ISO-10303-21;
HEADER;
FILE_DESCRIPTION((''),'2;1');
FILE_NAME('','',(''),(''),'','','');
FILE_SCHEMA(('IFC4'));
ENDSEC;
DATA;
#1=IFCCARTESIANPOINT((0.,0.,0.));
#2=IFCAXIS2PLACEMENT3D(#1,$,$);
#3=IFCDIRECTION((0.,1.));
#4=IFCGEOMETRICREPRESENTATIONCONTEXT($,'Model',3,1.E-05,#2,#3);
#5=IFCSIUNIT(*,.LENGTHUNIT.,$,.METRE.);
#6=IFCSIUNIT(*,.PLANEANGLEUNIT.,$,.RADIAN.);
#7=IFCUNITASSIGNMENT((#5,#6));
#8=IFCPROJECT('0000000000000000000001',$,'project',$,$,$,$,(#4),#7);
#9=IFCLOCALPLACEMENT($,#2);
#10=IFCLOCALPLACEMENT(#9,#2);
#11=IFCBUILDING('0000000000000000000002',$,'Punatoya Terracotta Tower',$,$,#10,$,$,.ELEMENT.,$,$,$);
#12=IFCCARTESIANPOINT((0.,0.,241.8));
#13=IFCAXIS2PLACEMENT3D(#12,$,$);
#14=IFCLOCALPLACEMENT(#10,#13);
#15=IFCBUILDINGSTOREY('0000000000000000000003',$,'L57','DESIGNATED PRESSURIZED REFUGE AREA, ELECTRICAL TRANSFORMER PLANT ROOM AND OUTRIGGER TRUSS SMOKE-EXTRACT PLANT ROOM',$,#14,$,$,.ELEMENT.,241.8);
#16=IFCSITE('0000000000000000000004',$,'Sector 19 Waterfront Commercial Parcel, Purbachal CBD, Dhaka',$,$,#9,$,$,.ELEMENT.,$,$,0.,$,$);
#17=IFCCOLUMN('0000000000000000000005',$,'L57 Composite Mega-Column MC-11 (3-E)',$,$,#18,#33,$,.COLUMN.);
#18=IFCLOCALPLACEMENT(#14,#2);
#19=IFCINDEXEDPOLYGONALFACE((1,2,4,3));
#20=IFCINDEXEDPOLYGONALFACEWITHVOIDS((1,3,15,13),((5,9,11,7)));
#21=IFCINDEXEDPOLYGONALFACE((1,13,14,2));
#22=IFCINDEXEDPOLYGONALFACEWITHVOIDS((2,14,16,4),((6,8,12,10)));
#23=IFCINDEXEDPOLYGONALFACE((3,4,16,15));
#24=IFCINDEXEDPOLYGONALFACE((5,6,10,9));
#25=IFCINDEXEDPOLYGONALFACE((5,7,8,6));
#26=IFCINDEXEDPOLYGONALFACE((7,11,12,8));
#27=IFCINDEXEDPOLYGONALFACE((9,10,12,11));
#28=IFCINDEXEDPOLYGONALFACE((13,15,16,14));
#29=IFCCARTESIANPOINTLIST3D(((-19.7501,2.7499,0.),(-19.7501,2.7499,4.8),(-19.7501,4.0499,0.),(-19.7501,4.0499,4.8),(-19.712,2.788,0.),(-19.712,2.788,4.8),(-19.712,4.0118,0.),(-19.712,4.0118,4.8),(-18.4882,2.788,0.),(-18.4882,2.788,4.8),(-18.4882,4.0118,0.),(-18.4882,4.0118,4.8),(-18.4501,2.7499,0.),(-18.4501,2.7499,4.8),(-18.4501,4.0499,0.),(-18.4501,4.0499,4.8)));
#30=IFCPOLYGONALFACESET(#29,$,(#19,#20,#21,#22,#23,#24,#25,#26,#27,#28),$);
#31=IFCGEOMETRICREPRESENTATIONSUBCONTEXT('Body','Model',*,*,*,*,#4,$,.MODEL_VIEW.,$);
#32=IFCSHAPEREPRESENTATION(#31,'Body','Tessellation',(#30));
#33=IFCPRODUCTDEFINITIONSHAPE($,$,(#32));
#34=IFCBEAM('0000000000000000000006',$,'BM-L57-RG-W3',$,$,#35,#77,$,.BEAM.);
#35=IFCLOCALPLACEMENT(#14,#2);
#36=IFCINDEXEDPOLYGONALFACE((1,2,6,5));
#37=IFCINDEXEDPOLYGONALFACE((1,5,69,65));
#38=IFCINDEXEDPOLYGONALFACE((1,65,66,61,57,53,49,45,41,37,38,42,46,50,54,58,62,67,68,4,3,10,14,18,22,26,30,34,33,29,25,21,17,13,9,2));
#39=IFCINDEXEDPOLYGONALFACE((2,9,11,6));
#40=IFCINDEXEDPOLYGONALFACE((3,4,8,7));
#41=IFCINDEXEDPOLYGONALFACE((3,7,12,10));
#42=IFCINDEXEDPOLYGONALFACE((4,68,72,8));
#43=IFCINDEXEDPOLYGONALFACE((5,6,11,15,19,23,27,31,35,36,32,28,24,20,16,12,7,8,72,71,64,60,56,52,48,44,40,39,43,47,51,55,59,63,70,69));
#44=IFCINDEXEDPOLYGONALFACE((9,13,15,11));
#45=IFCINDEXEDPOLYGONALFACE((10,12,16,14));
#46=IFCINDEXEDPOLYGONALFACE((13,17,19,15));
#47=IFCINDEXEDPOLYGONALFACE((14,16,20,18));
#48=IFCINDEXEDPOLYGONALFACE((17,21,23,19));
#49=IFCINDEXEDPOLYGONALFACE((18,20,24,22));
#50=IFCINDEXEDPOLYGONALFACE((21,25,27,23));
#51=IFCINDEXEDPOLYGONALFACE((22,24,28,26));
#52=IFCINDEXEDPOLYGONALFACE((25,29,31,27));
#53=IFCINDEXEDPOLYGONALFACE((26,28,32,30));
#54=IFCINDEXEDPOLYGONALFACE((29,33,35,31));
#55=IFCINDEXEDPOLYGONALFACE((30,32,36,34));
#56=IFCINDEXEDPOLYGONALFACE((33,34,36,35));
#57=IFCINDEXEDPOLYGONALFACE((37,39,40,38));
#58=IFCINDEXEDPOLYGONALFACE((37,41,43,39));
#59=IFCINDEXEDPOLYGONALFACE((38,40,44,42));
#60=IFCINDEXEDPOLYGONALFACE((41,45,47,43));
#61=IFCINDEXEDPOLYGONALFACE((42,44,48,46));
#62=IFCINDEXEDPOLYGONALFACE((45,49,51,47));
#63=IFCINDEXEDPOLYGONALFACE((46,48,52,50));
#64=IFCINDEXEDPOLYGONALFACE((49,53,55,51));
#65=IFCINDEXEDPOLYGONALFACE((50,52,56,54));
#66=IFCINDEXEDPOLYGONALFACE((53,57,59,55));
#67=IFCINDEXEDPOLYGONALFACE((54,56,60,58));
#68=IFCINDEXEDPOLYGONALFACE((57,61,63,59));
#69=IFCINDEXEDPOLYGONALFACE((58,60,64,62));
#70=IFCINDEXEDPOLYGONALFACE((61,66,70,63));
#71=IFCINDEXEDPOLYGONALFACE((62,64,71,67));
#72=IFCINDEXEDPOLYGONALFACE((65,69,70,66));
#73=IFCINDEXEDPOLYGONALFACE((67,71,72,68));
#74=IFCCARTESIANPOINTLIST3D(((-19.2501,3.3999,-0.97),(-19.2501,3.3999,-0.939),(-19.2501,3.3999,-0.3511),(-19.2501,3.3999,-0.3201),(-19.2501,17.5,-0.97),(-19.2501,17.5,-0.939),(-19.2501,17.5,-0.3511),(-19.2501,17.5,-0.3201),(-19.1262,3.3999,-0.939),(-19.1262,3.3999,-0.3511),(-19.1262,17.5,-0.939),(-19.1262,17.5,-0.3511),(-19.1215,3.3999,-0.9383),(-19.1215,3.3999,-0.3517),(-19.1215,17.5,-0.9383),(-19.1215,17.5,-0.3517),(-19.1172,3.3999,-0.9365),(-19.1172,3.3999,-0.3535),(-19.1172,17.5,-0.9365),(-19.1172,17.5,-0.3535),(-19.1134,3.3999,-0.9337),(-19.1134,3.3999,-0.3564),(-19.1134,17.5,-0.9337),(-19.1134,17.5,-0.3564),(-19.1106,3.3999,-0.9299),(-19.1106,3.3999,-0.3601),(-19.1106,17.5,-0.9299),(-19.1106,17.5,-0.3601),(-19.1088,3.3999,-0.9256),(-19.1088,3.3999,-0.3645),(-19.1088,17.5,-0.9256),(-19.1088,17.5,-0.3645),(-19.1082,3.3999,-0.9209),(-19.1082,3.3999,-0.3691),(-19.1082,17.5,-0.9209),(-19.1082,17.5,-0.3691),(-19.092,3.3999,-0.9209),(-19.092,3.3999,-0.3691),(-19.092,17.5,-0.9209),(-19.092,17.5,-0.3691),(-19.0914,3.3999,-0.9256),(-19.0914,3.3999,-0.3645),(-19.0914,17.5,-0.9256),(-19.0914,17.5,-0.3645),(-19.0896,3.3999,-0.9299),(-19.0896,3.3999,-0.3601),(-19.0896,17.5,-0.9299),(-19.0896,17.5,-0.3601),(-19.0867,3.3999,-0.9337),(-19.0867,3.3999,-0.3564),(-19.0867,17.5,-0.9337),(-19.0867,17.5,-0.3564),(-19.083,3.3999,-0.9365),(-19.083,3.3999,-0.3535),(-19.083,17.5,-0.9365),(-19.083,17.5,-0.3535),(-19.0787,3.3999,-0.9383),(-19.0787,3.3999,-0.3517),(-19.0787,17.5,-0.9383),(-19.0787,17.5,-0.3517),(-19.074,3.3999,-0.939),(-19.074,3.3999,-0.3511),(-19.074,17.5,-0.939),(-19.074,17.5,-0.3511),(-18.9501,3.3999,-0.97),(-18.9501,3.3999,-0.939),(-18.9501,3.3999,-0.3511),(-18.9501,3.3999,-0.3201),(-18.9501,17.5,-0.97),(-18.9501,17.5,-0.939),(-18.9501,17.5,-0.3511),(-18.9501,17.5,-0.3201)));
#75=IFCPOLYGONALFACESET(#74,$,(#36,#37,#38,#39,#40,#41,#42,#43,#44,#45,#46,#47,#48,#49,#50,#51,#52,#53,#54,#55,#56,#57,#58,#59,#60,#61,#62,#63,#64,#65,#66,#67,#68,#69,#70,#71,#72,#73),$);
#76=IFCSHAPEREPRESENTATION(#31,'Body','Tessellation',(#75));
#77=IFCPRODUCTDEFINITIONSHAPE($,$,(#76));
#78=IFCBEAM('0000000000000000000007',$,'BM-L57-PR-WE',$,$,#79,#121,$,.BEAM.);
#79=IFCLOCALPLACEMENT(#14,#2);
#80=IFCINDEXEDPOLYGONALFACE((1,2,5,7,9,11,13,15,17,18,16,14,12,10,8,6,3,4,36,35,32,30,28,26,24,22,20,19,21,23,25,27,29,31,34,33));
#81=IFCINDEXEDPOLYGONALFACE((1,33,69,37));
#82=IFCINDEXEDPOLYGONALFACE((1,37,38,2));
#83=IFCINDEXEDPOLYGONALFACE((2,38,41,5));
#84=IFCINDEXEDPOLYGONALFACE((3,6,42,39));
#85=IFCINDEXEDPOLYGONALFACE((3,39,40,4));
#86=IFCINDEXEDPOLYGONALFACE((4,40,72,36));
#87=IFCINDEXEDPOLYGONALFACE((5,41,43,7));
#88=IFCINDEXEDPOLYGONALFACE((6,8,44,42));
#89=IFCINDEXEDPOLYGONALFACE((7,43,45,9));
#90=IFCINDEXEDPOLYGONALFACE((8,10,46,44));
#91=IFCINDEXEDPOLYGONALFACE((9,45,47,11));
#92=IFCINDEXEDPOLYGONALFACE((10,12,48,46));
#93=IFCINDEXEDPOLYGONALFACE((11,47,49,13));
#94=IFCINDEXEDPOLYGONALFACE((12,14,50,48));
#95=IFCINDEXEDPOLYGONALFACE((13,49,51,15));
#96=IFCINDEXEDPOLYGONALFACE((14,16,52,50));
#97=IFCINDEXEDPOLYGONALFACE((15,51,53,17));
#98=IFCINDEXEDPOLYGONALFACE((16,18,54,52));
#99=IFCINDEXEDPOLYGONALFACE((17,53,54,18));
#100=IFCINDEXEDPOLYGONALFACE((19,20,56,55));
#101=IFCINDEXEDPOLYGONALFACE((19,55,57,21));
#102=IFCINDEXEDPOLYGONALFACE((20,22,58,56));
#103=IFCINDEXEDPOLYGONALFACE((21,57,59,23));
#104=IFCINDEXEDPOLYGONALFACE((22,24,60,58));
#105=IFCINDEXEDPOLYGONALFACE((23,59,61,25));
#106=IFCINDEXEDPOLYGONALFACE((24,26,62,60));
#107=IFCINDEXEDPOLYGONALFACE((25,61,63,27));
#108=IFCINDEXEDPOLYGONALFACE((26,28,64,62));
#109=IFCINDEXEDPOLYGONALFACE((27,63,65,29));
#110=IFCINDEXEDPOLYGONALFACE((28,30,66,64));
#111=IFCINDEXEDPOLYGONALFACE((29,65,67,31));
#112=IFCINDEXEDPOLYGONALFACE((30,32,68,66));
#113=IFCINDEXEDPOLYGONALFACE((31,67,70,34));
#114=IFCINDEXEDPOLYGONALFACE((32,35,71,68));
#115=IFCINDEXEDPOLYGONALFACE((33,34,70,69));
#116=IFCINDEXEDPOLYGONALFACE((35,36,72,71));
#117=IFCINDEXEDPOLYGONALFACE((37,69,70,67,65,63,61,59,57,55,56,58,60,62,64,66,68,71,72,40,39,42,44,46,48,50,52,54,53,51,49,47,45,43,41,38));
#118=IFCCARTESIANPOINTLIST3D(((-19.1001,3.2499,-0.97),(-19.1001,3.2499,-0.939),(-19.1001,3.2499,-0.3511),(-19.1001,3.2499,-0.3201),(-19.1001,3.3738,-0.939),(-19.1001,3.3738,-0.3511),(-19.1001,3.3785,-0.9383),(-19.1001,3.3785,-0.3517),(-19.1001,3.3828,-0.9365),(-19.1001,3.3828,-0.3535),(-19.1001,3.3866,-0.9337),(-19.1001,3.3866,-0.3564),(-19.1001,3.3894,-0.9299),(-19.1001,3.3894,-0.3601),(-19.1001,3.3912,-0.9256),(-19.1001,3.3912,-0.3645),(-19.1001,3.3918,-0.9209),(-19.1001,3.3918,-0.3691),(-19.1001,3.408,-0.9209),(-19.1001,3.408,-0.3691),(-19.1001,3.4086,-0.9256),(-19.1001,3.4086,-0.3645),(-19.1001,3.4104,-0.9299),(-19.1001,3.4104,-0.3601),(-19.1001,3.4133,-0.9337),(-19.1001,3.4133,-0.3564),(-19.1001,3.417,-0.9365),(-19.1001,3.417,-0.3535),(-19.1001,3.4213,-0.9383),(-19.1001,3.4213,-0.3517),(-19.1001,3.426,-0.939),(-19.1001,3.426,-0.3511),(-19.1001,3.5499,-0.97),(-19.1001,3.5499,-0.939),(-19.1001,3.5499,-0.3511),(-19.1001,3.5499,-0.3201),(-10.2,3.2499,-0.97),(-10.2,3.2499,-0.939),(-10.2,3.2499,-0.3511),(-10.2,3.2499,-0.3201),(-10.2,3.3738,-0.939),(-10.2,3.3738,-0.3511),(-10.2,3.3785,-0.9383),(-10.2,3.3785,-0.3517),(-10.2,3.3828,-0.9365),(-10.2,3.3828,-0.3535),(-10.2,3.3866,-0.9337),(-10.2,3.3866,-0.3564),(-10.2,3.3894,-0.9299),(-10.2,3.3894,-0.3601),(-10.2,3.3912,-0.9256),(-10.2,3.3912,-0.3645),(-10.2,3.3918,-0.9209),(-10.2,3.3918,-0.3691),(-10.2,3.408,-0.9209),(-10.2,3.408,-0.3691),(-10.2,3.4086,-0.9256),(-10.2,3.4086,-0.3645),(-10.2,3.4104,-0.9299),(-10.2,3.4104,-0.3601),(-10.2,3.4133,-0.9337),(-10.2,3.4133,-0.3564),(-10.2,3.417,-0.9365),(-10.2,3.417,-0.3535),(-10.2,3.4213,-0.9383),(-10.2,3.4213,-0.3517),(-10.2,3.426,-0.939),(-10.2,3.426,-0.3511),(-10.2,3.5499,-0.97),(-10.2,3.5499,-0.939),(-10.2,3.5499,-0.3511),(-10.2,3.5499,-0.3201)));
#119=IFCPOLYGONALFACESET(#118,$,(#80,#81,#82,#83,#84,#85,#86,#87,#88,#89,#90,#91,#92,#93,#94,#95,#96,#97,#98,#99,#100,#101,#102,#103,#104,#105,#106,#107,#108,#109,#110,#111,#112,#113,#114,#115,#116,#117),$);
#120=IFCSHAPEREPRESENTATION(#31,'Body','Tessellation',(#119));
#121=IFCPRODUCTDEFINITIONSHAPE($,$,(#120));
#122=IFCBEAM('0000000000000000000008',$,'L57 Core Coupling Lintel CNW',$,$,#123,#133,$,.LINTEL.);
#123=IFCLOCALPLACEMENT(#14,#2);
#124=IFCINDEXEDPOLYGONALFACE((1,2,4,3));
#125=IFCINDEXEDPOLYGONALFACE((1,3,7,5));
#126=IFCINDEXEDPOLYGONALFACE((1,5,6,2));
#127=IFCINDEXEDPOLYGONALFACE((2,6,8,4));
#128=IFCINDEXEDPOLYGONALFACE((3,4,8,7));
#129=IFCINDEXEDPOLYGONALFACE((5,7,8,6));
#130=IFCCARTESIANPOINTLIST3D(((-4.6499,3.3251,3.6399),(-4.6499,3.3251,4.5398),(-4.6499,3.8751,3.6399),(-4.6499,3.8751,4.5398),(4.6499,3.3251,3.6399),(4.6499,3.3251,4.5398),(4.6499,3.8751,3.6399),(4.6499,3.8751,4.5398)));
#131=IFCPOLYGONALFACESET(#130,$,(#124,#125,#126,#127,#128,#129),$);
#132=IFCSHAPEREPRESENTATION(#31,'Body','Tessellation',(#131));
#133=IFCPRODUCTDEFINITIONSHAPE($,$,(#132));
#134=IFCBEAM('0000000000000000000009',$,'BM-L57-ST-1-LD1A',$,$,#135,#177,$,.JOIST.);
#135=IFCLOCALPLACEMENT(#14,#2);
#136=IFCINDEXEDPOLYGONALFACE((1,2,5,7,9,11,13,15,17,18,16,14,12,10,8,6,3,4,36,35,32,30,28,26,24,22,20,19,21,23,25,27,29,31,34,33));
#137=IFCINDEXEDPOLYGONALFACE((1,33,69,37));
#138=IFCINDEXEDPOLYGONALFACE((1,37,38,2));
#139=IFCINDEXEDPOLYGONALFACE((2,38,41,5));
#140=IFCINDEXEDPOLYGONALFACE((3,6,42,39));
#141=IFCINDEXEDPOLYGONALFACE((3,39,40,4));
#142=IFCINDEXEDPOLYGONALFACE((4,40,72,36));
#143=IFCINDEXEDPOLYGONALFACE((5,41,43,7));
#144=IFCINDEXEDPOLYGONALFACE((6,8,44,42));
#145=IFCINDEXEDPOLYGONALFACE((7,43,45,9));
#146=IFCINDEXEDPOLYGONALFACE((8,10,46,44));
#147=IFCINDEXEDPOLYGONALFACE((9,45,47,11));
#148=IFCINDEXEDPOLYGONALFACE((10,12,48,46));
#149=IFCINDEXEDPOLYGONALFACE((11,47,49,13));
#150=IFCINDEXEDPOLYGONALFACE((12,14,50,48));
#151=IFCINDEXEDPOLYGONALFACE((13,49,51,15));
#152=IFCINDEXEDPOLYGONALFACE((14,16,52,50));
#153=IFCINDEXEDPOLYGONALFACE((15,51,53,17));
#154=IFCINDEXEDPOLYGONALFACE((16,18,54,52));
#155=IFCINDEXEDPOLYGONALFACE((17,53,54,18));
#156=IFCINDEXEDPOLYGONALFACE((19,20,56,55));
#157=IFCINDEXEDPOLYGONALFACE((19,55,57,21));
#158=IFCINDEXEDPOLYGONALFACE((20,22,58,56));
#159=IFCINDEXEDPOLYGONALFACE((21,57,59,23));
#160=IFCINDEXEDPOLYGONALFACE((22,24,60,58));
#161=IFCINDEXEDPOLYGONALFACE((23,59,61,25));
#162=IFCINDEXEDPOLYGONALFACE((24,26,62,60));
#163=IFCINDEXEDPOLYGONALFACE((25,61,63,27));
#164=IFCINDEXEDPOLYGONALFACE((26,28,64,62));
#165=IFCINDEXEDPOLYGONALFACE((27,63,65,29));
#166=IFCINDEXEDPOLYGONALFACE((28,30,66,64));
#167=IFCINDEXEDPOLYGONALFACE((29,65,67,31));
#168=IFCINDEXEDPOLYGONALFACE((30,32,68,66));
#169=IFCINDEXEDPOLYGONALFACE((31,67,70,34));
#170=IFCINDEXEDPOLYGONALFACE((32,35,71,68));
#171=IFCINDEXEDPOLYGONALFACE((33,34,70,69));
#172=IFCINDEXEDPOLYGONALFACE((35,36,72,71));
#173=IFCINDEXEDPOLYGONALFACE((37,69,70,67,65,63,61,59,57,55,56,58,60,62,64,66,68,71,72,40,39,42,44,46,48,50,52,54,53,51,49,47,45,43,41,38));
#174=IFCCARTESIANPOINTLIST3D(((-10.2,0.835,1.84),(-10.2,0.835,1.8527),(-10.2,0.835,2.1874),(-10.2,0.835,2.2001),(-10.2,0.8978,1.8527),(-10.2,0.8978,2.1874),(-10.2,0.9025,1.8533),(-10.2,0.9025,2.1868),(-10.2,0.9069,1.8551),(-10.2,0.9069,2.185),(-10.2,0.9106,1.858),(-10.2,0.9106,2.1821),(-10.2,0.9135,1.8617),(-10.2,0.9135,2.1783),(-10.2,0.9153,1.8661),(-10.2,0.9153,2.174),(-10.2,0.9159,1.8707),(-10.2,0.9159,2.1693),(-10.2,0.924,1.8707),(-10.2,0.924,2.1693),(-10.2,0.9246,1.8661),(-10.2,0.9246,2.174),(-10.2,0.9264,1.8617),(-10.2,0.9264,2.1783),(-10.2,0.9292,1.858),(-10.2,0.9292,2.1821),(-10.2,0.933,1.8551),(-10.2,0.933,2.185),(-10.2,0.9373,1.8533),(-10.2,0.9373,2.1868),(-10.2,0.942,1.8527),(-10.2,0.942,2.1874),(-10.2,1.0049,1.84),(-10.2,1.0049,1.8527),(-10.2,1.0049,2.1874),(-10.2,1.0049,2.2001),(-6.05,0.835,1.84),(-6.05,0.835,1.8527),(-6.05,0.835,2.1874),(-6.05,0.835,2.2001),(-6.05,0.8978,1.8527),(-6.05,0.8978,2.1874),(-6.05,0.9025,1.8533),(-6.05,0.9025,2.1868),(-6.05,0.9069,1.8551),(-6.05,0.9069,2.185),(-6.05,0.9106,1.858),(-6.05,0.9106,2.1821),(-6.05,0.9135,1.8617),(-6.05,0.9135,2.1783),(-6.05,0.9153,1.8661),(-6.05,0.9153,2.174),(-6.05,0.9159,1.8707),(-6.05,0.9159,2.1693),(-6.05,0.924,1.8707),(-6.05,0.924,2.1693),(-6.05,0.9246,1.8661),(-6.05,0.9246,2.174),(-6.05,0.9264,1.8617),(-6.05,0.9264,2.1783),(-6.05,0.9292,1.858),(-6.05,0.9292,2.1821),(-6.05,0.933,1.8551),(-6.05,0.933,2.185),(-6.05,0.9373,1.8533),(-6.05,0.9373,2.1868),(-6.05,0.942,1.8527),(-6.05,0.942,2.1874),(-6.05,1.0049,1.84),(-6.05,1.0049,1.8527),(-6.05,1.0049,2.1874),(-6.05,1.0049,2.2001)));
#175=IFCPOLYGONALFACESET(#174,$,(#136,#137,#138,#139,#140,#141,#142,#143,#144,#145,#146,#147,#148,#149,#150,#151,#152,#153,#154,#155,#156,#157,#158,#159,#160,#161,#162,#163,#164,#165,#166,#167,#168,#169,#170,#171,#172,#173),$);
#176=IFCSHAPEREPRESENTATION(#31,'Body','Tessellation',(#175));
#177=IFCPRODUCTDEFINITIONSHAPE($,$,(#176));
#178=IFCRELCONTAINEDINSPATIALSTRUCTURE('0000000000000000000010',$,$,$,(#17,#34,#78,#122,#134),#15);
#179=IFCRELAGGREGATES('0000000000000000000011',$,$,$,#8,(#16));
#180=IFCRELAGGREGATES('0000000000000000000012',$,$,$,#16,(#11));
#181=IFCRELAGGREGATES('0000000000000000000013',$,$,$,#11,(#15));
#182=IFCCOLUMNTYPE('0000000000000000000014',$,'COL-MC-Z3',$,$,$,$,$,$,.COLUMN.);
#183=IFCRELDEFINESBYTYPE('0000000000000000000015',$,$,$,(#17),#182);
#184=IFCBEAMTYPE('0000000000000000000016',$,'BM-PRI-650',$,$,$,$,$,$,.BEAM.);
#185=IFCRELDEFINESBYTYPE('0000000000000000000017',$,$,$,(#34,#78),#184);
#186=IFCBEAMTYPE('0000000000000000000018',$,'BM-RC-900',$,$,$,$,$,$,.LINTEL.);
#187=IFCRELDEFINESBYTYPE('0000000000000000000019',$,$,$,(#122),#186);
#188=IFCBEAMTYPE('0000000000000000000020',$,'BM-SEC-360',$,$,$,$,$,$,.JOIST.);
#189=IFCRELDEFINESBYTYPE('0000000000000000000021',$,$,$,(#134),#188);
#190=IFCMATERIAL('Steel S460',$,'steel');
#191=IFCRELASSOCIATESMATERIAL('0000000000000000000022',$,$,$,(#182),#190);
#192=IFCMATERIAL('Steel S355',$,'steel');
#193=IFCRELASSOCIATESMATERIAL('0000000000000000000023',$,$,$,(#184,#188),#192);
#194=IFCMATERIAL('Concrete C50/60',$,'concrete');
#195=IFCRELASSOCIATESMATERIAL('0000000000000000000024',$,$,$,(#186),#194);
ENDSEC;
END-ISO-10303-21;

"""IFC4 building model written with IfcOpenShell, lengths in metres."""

from ifc_helpers import new_model, si_unit, direction, frame, origin, origin_2d, place, context, subcontext, project, spatial, rectangle, hollow_rectangle, i_section, extrude, material, material_profile, profile_set, type_object, element, save


model = new_model("IFC4")

# Units and contexts
model_context = context("Model", 3, precision=1e-05, world=origin(), true_north=direction((0.0, 1.0)))
body_context = subcontext(model_context, "Body", "Model", "MODEL_VIEW")
ifc_project = project(units=[si_unit("LENGTHUNIT", "METRE"), si_unit("PLANEANGLEUNIT", "RADIAN")], contexts=[model_context])

# Site, building, storey
site_placement = place(None, origin())
site = spatial("IfcSite", under=ifc_project, at=site_placement, Name="Sector 19 Waterfront Commercial Parcel, Purbachal CBD, Dhaka", CompositionType="ELEMENT", RefElevation=0.0)
building_placement = place(site_placement, origin())
building = spatial("IfcBuilding", under=site, at=building_placement, Name="Punatoya Terracotta Tower", CompositionType="ELEMENT")
storey_placement = place(building_placement, frame((0.0, 0.0, 241.8)))
storey = spatial("IfcBuildingStorey", under=building, at=storey_placement, Name="L57", Description="DESIGNATED PRESSURIZED REFUGE AREA, ELECTRICAL TRANSFORMER PLANT ROOM AND OUTRIGGER TRUSS SMOKE-EXTRACT PLANT ROOM", CompositionType="ELEMENT", Elevation=241.8)

# Column
ifc_material_1 = material(Name="Steel S460", Category="steel")
ifc_material_profile_1 = material_profile(ifc_material_1, hollow_rectangle(XDim=1.3, YDim=1.3, WallThickness=0.0381, at=origin_2d()))
ifc_profile_set_1 = profile_set([ifc_material_profile_1], Name="Steel S460")
column_type = type_object("IfcColumnType", Name="COL-MC-Z3", PredefinedType="COLUMN", material=ifc_profile_set_1)
column_placement = place(storey_placement, frame((-19.1001, 3.3999, 0.0), z_axis=(0.0, 0.0, 1.0), x_axis=(1.0, 0.0, 0.0)))
element("IfcColumn", 1, at=column_placement, inside=storey, type_object=column_type, Name="L57 Composite Mega-Column MC-11 (3-E)", PredefinedType="COLUMN", context=body_context, shape_type="SweptSolid", body=[
    extrude(hollow_rectangle(XDim=1.3, YDim=1.3, WallThickness=0.0381, at=origin_2d()), origin(), (0.0, 0.0, 1.0), 4.8),
])

# Beams
ifc_material_2 = material(Name="Steel S355", Category="steel")
ifc_material_profile_2 = material_profile(ifc_material_2, i_section(OverallWidth=0.3, OverallDepth=0.6499, WebThickness=0.0161, FlangeThickness=0.031, FilletRadius=0.0181, at=origin_2d()))
ifc_profile_set_2 = profile_set([ifc_material_profile_2], Name="Steel S355")
beam_type_1 = type_object("IfcBeamType", Name="BM-PRI-650", PredefinedType="BEAM", material=ifc_profile_set_2)
beam_1_placement = place(storey_placement, frame((-19.1001, 3.3999, -0.645), z_axis=(0.0, 1.0, 0.0), x_axis=(-1.0, 0.0, 0.0)))
element("IfcBeam", 2, at=beam_1_placement, inside=storey, type_object=beam_type_1, Name="BM-L57-RG-W3", PredefinedType="BEAM", context=body_context, shape_type="SweptSolid", body=[
    extrude(i_section(OverallWidth=0.3, OverallDepth=0.6499, WebThickness=0.0161, FlangeThickness=0.031, FilletRadius=0.0181, at=origin_2d()), origin(), (0.0, 0.0, 1.0), 14.1001),
])
beam_2_placement = place(storey_placement, frame((-19.1001, 3.3999, -0.645), z_axis=(1.0, 0.0, 0.0), x_axis=(0.0, 1.0, 0.0)))
element("IfcBeam", 3, at=beam_2_placement, inside=storey, type_object=beam_type_1, Name="BM-L57-PR-WE", PredefinedType="BEAM", context=body_context, shape_type="SweptSolid", body=[
    extrude(i_section(OverallWidth=0.3, OverallDepth=0.6499, WebThickness=0.0161, FlangeThickness=0.031, FilletRadius=0.0181, at=origin_2d()), origin(), (0.0, 0.0, 1.0), 8.9001),
])
ifc_material_3 = material(Name="Concrete C50/60", Category="concrete")
ifc_material_profile_3 = material_profile(ifc_material_3, rectangle(XDim=0.55, YDim=0.8999, at=origin_2d()))
ifc_profile_set_3 = profile_set([ifc_material_profile_3], Name="Concrete C50/60")
beam_type_2 = type_object("IfcBeamType", Name="BM-RC-900", PredefinedType="LINTEL", material=ifc_profile_set_3)
beam_3_placement = place(storey_placement, frame((-4.6499, 3.6001, 4.0898), z_axis=(1.0, 0.0, 0.0), x_axis=(0.0, 1.0, 0.0)))
element("IfcBeam", 4, at=beam_3_placement, inside=storey, type_object=beam_type_2, Name="L57 Core Coupling Lintel CNW", PredefinedType="LINTEL", context=body_context, shape_type="SweptSolid", body=[
    extrude(rectangle(XDim=0.55, YDim=0.8999, at=origin_2d()), origin(), (0.0, 0.0, 1.0), 9.2998),
])
ifc_material_profile_4 = material_profile(ifc_material_2, i_section(OverallWidth=0.1699, OverallDepth=0.3601, WebThickness=0.0081, FlangeThickness=0.0127, FilletRadius=0.0181, at=origin_2d()))
ifc_profile_set_4 = profile_set([ifc_material_profile_4], Name="Steel S355")
beam_type_3 = type_object("IfcBeamType", Name="BM-SEC-360", PredefinedType="JOIST", material=ifc_profile_set_4)
for number, where, z_axis, x_axis, name in (
    (5, (-10.2, 0.9199, 2.02), (1.0, 0.0, 0.0), (0.0, 1.0, 0.0), "BM-L57-ST-1-LD1A"),
):
    element("IfcBeam", number, at=place(storey_placement, frame(where, z_axis=z_axis, x_axis=x_axis)), inside=storey, type_object=beam_type_3, Name=name, PredefinedType="JOIST", context=body_context, shape_type="SweptSolid", body=[
        extrude(i_section(OverallWidth=0.1699, OverallDepth=0.3601, WebThickness=0.0081, FlangeThickness=0.0127, FilletRadius=0.0181, at=origin_2d()), origin(), (0.0, 0.0, 1.0), 4.1499),
    ])

save(model, "model.ifc")
